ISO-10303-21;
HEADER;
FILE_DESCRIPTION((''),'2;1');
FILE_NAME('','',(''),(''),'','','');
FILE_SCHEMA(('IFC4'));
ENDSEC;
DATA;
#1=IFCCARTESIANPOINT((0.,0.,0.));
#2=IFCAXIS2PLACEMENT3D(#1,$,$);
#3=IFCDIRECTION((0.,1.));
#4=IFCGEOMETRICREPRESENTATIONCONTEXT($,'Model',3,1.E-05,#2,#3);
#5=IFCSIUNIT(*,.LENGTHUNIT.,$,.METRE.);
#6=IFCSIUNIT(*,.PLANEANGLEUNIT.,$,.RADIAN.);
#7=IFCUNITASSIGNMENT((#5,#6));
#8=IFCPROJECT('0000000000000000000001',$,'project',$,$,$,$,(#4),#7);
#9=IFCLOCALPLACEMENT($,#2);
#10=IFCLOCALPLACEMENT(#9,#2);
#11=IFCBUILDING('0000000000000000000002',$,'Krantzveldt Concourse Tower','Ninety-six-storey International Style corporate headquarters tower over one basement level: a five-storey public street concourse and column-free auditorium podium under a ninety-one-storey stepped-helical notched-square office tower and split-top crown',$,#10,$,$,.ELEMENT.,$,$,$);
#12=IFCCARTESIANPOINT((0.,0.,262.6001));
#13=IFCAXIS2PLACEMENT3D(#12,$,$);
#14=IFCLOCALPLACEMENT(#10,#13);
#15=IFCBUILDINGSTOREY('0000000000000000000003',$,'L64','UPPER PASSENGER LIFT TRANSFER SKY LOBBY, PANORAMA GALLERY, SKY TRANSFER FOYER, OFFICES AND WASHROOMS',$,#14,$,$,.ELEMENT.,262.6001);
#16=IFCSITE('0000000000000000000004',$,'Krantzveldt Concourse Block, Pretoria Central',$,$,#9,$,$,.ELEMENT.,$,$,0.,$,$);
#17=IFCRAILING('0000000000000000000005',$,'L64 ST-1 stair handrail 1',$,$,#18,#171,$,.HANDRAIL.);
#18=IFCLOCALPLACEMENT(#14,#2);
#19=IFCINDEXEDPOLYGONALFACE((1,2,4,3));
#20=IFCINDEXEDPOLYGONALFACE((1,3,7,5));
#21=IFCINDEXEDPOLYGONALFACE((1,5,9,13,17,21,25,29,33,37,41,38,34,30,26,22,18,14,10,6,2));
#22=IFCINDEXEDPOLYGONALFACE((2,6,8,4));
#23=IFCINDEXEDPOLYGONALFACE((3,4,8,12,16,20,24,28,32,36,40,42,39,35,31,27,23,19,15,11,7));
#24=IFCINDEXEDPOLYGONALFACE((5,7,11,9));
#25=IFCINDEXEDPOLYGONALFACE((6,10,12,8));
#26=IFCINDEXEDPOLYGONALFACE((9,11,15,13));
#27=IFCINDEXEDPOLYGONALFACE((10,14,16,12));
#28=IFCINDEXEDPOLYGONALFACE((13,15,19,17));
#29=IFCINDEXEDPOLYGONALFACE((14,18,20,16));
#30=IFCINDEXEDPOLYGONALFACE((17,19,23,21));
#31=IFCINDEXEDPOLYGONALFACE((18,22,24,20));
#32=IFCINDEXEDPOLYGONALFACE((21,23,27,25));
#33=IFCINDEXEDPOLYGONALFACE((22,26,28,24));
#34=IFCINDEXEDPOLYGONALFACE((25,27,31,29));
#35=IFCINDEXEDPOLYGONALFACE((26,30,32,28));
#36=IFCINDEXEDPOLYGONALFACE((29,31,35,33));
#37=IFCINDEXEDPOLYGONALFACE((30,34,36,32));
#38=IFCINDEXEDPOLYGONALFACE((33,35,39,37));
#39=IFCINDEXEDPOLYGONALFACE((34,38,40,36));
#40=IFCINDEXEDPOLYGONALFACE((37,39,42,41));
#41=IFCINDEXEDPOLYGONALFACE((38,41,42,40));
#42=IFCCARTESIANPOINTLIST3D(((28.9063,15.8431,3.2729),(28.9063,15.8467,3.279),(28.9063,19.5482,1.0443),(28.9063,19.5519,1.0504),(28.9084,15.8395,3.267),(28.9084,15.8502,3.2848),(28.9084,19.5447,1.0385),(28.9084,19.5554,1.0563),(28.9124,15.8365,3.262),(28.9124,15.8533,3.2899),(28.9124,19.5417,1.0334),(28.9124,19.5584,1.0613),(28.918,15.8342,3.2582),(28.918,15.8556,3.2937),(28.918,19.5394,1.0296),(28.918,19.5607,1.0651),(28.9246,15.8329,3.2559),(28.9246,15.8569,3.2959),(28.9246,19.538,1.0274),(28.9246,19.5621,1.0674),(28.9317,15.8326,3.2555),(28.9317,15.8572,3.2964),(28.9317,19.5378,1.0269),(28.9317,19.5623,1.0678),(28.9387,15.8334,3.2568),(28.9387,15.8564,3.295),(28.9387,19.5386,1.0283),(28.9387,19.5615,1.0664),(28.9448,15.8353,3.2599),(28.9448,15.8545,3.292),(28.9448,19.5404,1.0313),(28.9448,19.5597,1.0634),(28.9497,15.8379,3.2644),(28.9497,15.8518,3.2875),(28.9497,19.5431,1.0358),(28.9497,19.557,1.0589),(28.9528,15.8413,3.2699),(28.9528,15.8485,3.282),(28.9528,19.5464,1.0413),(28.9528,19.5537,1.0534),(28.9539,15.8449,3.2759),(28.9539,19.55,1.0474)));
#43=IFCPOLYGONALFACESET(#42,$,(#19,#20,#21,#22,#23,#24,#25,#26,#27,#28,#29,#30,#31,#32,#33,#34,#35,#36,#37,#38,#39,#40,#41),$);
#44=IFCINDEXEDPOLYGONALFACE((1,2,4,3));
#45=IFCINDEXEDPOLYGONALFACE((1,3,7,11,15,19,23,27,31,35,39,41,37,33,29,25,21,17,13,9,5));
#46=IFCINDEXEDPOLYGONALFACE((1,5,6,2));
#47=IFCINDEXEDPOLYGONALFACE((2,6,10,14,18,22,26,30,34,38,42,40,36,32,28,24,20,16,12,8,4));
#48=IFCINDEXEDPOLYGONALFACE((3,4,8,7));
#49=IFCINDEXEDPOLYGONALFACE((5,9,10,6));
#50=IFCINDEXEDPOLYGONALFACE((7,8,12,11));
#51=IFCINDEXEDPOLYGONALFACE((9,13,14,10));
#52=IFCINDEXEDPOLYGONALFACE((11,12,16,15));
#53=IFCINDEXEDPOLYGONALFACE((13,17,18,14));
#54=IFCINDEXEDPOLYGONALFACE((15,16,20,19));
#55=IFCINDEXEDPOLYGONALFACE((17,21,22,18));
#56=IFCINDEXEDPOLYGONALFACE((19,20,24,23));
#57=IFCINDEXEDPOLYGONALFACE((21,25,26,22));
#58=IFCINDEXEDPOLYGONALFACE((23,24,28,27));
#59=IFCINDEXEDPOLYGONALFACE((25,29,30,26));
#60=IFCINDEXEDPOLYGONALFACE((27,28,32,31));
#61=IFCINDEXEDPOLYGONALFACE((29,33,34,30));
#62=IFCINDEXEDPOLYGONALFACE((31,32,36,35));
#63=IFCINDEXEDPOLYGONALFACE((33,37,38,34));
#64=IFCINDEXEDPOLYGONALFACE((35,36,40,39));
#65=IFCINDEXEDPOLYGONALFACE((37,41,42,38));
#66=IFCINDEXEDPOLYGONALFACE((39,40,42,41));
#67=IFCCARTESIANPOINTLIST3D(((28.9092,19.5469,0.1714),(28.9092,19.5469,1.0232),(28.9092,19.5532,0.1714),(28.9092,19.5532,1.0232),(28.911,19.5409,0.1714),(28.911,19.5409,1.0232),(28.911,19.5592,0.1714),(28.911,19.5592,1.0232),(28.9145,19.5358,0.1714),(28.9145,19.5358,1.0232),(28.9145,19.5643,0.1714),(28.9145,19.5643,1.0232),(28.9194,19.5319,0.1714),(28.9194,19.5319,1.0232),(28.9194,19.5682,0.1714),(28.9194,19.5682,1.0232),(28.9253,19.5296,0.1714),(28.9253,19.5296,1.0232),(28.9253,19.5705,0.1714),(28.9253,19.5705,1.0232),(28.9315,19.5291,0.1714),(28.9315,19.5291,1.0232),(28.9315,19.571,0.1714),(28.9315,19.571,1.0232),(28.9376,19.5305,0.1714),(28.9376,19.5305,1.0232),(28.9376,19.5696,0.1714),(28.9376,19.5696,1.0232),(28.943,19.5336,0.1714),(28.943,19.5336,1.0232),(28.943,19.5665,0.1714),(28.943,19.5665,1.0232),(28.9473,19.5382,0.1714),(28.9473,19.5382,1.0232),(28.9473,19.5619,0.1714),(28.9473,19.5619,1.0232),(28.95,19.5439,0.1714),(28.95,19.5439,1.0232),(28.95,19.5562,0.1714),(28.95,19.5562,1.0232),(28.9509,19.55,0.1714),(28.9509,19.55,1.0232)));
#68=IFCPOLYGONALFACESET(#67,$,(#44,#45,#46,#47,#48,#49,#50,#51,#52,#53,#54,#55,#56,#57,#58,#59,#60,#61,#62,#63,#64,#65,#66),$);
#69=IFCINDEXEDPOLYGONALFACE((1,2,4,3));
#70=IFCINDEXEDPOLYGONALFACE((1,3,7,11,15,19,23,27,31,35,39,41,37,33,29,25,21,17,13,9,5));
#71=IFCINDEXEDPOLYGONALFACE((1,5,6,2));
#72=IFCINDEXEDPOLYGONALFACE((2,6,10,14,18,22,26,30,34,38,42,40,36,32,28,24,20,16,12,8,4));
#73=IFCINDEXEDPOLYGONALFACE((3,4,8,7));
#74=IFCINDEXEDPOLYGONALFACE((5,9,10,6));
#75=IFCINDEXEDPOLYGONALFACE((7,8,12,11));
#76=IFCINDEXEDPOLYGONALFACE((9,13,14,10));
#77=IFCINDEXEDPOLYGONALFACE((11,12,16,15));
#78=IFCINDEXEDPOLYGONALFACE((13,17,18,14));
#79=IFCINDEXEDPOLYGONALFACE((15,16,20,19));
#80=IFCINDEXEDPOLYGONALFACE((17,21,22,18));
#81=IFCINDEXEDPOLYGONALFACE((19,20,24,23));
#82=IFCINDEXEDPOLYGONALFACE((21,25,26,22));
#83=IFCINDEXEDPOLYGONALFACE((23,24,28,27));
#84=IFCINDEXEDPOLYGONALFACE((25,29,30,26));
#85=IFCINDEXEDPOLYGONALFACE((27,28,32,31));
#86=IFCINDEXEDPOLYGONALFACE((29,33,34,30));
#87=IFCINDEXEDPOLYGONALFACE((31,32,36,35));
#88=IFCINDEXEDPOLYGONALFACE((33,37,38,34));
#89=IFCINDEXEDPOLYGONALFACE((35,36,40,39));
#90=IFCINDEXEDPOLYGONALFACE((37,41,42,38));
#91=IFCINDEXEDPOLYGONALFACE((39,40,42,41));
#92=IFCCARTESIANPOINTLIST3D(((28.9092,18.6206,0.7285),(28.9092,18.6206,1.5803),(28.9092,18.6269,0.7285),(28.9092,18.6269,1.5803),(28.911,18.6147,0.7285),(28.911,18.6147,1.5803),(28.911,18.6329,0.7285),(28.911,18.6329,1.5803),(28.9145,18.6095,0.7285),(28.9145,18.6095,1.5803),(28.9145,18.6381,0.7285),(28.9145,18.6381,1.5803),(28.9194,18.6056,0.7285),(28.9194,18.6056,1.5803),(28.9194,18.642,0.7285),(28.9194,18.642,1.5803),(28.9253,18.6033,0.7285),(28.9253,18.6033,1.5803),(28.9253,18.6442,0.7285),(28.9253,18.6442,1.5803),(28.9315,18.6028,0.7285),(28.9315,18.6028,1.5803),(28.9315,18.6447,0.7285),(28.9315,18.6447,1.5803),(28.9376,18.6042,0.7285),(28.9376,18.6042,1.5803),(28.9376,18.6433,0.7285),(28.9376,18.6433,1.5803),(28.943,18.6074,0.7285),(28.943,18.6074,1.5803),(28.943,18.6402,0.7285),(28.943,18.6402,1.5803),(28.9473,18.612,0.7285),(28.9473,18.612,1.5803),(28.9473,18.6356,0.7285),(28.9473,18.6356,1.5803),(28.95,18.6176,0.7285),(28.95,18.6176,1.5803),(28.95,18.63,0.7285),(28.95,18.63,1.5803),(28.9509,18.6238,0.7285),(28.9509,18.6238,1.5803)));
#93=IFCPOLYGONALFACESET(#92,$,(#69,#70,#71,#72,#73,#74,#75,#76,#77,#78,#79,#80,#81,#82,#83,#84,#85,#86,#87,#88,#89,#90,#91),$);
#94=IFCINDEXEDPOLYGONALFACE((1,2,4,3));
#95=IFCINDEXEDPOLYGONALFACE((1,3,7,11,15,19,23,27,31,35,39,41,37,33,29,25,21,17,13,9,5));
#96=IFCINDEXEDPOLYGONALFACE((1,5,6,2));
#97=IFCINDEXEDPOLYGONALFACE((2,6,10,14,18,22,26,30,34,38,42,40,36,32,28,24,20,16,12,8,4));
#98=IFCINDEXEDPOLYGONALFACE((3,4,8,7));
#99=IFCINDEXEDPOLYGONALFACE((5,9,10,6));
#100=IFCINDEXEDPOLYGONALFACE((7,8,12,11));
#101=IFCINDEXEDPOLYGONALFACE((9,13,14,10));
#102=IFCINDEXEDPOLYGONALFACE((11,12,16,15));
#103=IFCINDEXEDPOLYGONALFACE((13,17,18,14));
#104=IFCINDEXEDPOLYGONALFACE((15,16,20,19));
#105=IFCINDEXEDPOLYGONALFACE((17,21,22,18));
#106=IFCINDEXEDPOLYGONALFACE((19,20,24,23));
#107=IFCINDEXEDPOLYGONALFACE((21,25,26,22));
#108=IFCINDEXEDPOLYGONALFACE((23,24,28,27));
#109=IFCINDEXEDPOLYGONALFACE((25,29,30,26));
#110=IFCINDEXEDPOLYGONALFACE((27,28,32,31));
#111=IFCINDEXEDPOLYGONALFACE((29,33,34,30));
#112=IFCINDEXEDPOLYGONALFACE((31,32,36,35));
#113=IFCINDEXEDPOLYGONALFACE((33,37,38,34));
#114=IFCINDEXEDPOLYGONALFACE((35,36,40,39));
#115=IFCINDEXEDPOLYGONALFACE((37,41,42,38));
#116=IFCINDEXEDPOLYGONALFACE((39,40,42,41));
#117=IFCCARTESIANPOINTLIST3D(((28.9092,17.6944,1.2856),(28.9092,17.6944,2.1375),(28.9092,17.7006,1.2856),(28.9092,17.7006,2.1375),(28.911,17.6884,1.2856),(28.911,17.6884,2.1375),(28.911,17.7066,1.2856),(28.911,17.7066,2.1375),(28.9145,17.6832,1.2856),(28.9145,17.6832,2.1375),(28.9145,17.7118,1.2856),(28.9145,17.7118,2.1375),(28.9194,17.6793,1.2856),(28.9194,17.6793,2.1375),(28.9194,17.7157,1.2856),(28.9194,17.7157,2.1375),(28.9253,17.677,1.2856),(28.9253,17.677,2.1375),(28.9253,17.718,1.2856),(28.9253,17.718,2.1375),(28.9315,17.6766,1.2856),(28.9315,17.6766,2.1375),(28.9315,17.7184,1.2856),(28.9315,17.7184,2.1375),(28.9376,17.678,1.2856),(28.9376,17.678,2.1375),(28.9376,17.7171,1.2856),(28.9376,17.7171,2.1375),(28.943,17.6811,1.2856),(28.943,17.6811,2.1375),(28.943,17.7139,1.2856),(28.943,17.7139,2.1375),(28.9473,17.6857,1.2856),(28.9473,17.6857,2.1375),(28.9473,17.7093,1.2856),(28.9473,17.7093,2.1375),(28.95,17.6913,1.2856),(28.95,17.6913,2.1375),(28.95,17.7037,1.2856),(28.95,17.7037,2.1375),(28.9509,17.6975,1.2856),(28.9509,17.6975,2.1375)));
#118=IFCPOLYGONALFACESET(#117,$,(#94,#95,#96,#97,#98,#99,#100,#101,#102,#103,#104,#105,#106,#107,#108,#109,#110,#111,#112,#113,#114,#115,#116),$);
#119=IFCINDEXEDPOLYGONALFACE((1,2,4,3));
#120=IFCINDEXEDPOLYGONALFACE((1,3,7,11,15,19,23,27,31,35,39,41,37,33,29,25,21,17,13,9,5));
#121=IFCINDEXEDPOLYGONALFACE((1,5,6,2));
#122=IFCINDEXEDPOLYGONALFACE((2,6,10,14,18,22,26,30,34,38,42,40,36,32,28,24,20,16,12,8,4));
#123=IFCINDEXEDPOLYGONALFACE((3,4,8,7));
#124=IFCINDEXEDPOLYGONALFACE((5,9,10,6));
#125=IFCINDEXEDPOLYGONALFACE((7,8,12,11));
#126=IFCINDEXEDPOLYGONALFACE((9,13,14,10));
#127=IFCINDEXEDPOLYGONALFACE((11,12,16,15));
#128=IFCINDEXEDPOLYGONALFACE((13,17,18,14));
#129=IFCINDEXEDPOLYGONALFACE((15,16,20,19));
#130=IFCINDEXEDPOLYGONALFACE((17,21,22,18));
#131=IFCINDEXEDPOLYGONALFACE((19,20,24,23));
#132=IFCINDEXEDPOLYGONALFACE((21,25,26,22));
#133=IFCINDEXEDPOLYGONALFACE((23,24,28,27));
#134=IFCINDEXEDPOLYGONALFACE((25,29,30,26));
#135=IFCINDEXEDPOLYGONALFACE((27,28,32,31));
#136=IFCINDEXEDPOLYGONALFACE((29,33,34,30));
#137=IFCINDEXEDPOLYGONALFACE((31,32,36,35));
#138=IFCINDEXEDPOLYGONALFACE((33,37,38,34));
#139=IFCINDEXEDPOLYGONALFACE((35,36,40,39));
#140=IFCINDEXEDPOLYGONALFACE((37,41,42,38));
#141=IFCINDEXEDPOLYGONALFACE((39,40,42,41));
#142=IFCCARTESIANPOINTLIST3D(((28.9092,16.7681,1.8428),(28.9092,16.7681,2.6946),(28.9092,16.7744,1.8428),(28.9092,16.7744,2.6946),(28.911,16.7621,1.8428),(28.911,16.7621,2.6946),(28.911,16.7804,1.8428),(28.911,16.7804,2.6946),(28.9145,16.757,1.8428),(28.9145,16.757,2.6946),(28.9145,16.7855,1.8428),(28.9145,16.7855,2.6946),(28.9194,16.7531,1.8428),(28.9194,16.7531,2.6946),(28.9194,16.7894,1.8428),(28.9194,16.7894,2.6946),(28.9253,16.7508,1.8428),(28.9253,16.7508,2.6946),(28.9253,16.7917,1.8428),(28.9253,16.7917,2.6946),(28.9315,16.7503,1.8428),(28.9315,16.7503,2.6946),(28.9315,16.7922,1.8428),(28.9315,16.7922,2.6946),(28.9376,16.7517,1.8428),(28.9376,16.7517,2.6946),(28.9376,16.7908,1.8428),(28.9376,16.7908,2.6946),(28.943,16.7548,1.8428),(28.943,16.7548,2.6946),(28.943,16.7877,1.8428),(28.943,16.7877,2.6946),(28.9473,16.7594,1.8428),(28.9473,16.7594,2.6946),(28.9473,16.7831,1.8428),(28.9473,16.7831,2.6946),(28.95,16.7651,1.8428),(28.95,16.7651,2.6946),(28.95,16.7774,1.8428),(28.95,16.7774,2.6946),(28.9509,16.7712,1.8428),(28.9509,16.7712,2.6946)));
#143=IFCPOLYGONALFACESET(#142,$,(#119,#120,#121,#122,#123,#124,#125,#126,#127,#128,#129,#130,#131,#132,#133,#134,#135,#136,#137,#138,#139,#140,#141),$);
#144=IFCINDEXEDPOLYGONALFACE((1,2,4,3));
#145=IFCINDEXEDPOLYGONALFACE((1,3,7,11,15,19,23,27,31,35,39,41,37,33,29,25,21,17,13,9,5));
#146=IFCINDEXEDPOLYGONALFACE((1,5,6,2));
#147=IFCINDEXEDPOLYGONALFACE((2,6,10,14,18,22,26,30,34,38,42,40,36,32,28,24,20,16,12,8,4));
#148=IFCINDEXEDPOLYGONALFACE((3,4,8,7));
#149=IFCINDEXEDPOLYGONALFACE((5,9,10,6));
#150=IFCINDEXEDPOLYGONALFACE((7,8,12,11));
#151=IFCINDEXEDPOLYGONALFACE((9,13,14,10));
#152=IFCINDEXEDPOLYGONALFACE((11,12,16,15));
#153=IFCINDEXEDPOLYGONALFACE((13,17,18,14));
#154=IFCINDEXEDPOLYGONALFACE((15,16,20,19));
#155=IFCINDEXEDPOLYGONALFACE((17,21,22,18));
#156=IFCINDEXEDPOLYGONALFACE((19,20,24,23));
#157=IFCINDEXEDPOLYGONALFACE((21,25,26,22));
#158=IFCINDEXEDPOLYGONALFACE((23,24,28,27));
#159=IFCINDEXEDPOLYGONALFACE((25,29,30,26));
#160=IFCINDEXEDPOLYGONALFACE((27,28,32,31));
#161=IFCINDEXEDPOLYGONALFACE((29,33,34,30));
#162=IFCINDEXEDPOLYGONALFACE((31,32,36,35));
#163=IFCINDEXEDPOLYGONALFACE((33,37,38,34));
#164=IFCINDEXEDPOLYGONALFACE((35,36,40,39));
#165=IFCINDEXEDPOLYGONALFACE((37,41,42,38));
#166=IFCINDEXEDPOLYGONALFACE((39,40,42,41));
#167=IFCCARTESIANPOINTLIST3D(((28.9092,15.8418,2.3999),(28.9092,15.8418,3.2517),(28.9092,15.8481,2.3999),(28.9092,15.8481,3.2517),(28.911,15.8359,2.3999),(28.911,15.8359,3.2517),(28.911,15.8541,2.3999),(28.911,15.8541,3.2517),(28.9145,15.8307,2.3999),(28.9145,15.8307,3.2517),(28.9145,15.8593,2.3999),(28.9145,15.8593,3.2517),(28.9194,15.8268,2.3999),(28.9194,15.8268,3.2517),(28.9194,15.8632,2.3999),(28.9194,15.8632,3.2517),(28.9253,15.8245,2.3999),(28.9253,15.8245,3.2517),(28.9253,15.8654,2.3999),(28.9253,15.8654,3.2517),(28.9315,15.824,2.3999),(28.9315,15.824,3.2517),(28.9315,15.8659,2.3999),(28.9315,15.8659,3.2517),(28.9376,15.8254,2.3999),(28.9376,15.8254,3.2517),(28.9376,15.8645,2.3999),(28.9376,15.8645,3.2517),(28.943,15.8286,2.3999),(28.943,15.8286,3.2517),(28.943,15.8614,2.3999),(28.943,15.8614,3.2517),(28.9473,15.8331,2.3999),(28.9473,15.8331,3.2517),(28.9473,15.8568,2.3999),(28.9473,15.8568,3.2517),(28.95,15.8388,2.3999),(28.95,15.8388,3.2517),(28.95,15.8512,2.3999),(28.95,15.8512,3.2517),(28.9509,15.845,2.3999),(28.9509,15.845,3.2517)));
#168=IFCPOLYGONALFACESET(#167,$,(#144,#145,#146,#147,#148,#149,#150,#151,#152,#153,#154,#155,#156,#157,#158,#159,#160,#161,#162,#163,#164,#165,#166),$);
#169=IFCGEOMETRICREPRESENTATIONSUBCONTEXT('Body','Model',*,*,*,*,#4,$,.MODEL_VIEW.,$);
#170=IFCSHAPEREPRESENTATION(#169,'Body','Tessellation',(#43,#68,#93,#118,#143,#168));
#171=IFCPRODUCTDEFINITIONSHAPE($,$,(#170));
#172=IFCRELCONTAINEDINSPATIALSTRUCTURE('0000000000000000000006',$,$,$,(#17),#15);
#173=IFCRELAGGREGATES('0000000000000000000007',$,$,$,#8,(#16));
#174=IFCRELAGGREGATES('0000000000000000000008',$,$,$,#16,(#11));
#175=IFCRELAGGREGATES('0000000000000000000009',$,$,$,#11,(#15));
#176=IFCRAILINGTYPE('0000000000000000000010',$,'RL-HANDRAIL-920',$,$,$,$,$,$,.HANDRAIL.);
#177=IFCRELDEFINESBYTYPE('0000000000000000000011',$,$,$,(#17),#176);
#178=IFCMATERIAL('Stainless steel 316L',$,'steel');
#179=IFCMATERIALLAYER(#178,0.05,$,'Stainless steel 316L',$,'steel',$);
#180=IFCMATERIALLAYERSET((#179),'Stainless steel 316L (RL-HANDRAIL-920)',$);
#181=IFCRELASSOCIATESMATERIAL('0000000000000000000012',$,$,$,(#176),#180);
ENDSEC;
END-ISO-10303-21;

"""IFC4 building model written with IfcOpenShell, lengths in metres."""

from ifc_helpers import new_model, si_unit, direction, frame, origin, origin_2d, place, context, subcontext, project, spatial, circle, extrude, material, layer, layer_set, type_object, element, save


model = new_model("IFC4")

# Units and contexts
model_context = context("Model", 3, precision=1e-05, world=origin(), true_north=direction((0.0, 1.0)))
body_context = subcontext(model_context, "Body", "Model", "MODEL_VIEW")
ifc_project = project(units=[si_unit("LENGTHUNIT", "METRE"), si_unit("PLANEANGLEUNIT", "RADIAN")], contexts=[model_context])

# Site, building, storey
site_placement = place(None, origin())
site = spatial("IfcSite", under=ifc_project, at=site_placement, Name="Krantzveldt Concourse Block, Pretoria Central", CompositionType="ELEMENT", RefElevation=0.0)
building_placement = place(site_placement, origin())
building = spatial("IfcBuilding", under=site, at=building_placement, Name="Krantzveldt Concourse Tower", Description="Ninety-six-storey International Style corporate headquarters tower over one basement level: a five-storey public street concourse and column-free auditorium podium under a ninety-one-storey stepped-helical notched-square office tower and split-top crown", CompositionType="ELEMENT")
storey_placement = place(building_placement, frame((0.0, 0.0, 262.6001)))
storey = spatial("IfcBuildingStorey", under=building, at=storey_placement, Name="L64", Description="UPPER PASSENGER LIFT TRANSFER SKY LOBBY, PANORAMA GALLERY, SKY TRANSFER FOYER, OFFICES AND WASHROOMS", CompositionType="ELEMENT", Elevation=262.6001)

# Shared definitions
ifc_material_1 = material(Name="Stainless steel 316L", Category="steel")

# Railing
ifc_layer_1 = layer(ifc_material_1, 0.05, Name="Stainless steel 316L", Category="steel")
ifc_layer_set_1 = layer_set([ifc_layer_1], Name="Stainless steel 316L (RL-HANDRAIL-920)")
railing_type_1 = type_object("IfcRailingType", Name="RL-HANDRAIL-920", PredefinedType="HANDRAIL", material=ifc_layer_set_1)
railing_1_placement = place(storey_placement, frame((28.9299, 19.55, 0.1714)))
element("IfcRailing", 1, at=railing_1_placement, inside=storey, type_object=railing_type_1, Name="L64 ST-1 stair handrail 1", PredefinedType="HANDRAIL", context=body_context, shape_type="SweptSolid", body=[
    extrude(circle(Radius=0.0239, at=origin_2d()), frame((0.0, 0.0, 0.876), z_axis=(0.0, -0.856934, 0.515425), x_axis=(1.0, 0.0, 0.0)), (0.0, 0.0, 1.0), 4.3237),
    extrude(circle(Radius=0.021, at=origin_2d()), origin(), (0.0, 0.0, 1.0), 0.8518),
    extrude(circle(Radius=0.021, at=origin_2d()), frame((0.0, -0.9263, 0.5571)), (0.0, 0.0, 1.0), 0.8518),
    extrude(circle(Radius=0.021, at=origin_2d()), frame((0.0, -1.8525, 1.1143)), (0.0, 0.0, 1.0), 0.8518),
    extrude(circle(Radius=0.021, at=origin_2d()), frame((0.0, -2.7788, 1.6714)), (0.0, 0.0, 1.0), 0.8518),
    extrude(circle(Radius=0.021, at=origin_2d()), frame((0.0, -3.7051, 2.2285)), (0.0, 0.0, 1.0), 0.8518),
])

save(model, "model.ifc")
